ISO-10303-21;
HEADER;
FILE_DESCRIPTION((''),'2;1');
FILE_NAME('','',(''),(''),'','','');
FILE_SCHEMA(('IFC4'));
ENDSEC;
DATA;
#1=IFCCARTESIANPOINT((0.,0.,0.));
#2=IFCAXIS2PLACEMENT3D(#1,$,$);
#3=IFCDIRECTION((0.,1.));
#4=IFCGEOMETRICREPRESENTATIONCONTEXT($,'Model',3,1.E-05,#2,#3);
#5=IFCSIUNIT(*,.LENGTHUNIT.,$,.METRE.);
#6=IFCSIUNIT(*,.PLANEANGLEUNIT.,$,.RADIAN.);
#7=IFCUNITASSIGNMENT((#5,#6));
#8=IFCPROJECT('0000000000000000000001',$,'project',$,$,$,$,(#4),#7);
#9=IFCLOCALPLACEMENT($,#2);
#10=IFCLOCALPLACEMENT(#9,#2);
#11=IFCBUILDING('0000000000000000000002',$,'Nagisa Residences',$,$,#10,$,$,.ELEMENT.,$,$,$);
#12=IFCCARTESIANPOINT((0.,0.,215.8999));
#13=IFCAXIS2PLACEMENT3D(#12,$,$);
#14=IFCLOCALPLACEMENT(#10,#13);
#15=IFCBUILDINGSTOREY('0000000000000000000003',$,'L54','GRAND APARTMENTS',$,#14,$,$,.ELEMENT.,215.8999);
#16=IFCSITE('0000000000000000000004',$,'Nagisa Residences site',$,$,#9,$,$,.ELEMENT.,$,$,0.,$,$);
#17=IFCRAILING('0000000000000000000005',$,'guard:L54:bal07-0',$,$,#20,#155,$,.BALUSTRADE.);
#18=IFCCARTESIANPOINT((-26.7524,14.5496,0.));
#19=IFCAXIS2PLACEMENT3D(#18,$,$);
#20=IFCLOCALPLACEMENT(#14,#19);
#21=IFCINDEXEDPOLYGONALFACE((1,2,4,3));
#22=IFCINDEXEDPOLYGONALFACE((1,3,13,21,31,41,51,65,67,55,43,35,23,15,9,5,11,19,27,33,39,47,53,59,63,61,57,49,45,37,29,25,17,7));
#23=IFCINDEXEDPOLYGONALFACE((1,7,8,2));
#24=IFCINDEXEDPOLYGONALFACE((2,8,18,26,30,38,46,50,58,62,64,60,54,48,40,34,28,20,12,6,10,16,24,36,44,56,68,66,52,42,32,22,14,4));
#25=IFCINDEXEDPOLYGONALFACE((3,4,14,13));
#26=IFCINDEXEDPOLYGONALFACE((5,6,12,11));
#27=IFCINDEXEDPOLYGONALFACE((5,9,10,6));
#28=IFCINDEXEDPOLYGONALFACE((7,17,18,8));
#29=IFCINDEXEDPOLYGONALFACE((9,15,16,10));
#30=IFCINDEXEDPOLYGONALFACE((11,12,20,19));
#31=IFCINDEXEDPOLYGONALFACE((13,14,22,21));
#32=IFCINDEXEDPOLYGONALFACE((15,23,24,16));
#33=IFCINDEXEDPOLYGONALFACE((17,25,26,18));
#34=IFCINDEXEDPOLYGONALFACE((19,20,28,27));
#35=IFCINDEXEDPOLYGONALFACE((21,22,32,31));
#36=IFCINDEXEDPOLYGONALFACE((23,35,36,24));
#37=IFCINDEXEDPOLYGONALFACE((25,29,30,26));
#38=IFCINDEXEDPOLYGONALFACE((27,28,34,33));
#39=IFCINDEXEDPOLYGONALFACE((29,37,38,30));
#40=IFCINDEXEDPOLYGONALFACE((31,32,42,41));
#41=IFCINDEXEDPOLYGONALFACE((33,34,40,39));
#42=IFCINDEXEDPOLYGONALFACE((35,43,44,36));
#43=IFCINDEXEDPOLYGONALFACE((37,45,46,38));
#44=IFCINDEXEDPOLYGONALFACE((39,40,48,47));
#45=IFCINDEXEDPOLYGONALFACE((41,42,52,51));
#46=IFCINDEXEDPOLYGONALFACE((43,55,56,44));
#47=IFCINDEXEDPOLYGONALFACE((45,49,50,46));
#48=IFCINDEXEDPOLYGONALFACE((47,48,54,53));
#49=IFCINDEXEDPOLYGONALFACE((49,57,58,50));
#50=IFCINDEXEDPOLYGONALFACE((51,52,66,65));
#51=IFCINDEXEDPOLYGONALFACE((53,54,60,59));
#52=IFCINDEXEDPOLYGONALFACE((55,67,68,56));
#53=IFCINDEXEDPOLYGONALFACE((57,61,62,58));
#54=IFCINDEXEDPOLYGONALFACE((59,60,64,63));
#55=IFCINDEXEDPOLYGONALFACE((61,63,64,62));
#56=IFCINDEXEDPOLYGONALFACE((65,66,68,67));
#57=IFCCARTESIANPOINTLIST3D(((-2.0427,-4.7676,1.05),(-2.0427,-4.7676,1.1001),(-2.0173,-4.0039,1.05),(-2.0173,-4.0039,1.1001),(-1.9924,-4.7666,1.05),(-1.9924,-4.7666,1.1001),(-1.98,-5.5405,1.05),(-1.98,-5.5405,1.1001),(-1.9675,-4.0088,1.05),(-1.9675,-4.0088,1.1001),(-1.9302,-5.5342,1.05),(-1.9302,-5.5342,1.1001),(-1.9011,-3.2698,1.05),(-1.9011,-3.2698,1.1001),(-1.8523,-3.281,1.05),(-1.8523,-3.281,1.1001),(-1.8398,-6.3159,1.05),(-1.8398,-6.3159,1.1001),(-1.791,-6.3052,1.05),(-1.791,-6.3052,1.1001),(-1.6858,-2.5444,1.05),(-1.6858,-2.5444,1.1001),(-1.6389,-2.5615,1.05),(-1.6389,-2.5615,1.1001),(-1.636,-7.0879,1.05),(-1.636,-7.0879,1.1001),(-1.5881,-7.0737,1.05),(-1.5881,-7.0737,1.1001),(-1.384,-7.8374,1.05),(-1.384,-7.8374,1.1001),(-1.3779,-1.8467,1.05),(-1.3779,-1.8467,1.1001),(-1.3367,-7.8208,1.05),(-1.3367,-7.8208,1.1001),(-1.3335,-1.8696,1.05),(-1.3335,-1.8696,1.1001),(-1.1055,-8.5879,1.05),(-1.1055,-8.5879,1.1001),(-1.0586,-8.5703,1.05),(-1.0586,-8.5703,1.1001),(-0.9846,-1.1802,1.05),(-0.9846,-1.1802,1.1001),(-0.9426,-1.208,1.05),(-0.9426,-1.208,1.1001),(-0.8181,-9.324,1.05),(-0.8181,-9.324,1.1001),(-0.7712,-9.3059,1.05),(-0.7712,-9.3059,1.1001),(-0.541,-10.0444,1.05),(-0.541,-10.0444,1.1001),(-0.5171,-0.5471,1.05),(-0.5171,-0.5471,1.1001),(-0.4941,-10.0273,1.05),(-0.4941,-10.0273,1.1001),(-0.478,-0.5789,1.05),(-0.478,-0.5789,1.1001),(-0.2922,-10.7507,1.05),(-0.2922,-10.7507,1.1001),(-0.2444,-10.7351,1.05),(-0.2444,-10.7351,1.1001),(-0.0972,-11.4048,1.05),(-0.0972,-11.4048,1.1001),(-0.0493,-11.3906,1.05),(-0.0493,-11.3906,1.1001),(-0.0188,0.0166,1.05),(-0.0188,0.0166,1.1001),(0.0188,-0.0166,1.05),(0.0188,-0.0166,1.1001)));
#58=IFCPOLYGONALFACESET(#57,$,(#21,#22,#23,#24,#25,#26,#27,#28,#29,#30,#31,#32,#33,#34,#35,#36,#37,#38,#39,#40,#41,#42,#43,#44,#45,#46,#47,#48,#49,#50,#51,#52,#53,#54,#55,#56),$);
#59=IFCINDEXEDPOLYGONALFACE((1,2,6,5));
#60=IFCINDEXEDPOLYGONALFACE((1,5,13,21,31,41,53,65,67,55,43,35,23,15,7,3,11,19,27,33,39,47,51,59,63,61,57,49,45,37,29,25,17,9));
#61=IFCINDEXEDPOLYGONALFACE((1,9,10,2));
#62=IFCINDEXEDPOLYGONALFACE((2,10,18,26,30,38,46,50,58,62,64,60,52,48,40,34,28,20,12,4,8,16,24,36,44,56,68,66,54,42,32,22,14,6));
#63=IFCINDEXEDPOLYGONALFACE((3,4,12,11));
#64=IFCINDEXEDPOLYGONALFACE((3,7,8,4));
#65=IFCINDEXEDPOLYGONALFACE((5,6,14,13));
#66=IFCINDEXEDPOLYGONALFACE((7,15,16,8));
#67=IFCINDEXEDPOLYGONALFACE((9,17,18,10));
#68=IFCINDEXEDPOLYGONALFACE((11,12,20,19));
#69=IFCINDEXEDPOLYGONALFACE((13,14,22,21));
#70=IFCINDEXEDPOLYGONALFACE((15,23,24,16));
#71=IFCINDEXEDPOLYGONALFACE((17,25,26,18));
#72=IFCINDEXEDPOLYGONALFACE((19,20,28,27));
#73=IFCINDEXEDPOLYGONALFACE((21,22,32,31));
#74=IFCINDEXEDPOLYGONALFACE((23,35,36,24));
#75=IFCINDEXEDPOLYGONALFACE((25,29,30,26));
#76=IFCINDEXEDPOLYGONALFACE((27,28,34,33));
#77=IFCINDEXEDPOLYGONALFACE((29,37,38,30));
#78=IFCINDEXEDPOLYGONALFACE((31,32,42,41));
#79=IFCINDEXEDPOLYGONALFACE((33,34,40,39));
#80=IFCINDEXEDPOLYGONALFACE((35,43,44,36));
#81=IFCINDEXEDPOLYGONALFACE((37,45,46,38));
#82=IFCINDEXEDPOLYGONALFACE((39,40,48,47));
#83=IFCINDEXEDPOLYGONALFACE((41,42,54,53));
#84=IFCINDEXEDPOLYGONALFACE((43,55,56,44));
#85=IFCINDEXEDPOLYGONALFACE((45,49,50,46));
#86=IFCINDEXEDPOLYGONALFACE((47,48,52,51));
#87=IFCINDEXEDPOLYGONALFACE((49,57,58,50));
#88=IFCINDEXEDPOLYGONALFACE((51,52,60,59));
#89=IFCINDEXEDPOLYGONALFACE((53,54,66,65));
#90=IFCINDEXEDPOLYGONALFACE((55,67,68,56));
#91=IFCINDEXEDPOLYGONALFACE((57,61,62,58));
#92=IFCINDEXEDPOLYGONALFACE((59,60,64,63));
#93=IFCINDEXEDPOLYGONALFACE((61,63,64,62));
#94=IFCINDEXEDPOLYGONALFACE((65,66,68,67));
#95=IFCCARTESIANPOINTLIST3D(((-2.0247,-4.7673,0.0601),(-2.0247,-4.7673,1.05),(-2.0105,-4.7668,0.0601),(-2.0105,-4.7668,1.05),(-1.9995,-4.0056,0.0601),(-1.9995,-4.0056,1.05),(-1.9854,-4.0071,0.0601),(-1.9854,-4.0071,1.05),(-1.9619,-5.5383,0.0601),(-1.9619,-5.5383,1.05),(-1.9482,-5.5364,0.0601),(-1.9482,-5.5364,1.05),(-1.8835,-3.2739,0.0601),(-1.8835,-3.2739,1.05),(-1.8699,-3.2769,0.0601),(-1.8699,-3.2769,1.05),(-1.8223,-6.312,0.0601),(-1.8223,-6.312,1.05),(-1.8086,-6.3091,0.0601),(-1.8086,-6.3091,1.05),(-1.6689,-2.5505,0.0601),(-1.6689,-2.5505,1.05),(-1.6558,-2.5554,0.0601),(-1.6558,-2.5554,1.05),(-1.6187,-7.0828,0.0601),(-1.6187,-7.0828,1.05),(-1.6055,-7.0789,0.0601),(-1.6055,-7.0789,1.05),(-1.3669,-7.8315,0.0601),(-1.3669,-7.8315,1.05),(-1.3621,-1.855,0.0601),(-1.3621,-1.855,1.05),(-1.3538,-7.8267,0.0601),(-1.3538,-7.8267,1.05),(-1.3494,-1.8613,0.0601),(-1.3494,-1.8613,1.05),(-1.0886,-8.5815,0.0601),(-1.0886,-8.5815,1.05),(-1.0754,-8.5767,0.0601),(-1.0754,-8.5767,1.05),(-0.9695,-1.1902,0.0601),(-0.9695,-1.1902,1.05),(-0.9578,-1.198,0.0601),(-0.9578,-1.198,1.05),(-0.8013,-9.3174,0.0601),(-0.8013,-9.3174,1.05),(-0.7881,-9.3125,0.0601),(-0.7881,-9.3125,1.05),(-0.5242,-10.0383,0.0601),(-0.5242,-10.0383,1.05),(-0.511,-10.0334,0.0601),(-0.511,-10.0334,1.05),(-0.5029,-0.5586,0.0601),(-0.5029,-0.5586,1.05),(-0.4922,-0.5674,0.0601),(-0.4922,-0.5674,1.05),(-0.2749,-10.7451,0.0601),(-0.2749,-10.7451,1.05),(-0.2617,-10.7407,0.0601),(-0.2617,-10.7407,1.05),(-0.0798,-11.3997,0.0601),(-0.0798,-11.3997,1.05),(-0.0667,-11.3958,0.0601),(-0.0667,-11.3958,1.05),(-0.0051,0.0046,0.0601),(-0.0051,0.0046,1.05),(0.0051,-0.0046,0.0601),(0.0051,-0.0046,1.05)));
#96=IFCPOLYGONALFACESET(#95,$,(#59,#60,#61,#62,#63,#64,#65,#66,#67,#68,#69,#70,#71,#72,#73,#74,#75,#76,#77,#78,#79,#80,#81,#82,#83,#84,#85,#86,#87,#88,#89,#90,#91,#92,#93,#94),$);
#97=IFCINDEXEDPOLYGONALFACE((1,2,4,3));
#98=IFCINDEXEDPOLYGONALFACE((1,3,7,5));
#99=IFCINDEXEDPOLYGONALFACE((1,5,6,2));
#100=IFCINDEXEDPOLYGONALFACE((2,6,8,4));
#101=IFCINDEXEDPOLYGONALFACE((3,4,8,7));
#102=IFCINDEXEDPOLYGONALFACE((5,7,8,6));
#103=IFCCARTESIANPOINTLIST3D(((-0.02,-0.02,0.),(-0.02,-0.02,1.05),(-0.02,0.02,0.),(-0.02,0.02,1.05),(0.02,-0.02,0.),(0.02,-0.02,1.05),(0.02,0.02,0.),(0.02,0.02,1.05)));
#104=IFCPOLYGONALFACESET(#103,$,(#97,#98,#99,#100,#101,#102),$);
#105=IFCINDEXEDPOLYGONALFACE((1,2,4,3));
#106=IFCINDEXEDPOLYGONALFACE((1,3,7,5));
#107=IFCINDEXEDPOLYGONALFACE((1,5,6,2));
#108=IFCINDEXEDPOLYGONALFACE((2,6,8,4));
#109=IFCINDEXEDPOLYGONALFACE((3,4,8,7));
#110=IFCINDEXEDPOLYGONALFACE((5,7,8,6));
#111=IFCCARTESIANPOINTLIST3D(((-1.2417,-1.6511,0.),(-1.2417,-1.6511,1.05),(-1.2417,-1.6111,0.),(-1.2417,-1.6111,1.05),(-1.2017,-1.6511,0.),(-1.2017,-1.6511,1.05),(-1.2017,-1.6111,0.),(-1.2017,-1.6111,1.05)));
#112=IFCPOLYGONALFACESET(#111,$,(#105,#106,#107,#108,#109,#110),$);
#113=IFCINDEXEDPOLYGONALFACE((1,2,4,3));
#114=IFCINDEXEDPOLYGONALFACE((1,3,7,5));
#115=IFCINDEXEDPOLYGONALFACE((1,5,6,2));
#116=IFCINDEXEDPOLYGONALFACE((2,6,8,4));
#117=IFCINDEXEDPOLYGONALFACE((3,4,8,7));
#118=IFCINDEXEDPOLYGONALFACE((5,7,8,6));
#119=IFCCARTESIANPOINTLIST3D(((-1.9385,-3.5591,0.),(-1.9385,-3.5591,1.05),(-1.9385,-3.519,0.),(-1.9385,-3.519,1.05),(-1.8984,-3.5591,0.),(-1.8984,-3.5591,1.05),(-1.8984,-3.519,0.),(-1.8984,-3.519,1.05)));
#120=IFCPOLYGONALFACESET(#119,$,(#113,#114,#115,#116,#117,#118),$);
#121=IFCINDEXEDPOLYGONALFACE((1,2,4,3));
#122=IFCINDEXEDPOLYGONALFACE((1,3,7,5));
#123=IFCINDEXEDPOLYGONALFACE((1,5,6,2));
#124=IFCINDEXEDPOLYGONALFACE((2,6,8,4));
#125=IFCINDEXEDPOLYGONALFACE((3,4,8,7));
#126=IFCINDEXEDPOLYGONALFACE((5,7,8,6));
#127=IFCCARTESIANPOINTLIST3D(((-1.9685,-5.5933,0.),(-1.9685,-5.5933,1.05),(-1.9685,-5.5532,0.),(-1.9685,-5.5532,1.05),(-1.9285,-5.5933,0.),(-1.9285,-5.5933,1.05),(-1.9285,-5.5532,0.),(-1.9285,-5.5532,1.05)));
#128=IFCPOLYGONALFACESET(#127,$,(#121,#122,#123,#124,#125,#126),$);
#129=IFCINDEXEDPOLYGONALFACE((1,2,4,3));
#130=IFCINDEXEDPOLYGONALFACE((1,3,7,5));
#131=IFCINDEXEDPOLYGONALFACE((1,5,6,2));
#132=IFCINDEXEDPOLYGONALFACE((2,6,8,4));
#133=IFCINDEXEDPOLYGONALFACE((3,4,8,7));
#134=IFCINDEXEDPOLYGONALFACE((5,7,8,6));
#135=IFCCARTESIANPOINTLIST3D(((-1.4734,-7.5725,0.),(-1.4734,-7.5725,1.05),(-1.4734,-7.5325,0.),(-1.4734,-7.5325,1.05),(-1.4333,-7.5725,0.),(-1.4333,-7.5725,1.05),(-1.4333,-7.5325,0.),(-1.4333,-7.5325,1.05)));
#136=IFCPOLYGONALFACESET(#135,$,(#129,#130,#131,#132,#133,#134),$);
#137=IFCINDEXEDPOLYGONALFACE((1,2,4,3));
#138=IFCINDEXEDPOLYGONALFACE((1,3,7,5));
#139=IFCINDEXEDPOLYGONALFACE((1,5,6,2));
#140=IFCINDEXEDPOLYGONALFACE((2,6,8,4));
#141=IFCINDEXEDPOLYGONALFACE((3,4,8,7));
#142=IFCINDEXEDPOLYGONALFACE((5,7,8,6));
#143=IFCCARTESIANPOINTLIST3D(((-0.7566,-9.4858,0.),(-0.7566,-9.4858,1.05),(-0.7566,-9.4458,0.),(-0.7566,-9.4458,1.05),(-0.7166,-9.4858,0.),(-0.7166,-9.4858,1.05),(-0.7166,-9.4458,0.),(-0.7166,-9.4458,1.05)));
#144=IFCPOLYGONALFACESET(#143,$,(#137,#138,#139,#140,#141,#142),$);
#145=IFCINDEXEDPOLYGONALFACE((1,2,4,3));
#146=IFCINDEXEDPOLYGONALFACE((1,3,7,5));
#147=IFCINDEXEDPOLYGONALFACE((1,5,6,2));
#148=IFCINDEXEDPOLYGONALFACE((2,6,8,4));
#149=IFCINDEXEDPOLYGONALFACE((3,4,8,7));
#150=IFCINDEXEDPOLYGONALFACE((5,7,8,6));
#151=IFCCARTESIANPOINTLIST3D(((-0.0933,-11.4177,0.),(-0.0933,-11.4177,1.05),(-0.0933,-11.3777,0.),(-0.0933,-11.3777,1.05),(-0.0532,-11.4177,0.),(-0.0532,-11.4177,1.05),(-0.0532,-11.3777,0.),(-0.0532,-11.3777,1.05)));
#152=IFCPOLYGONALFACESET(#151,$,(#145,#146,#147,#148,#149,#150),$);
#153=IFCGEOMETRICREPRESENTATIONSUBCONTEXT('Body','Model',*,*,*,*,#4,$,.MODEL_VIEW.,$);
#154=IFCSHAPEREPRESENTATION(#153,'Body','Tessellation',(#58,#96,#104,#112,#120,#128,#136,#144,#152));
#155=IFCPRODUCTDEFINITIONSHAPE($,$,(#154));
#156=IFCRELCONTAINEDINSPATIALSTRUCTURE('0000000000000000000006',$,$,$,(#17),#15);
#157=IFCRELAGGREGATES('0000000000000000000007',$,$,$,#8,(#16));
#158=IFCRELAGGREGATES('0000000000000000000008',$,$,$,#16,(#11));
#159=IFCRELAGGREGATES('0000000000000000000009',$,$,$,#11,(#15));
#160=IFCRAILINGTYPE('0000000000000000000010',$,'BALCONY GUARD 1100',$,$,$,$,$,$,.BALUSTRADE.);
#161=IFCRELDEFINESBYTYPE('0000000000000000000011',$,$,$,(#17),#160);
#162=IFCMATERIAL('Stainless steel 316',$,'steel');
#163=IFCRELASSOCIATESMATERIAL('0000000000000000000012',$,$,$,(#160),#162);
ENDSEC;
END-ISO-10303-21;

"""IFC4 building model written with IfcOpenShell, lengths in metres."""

from ifc_helpers import new_model, si_unit, direction, frame, origin, origin_2d, place, context, subcontext, project, spatial, polyline, rectangle, outline, extrude, material, type_object, element, save


model = new_model("IFC4")

# Units and contexts
model_context = context("Model", 3, precision=1e-05, world=origin(), true_north=direction((0.0, 1.0)))
body_context = subcontext(model_context, "Body", "Model", "MODEL_VIEW")
ifc_project = project(units=[si_unit("LENGTHUNIT", "METRE"), si_unit("PLANEANGLEUNIT", "RADIAN")], contexts=[model_context])

# Site, building, storey
site_placement = place(None, origin())
site = spatial("IfcSite", under=ifc_project, at=site_placement, Name="Nagisa Residences site", CompositionType="ELEMENT", RefElevation=0.0)
building_placement = place(site_placement, origin())
building = spatial("IfcBuilding", under=site, at=building_placement, Name="Nagisa Residences", CompositionType="ELEMENT")
storey_placement = place(building_placement, frame((0.0, 0.0, 215.8999)))
storey = spatial("IfcBuildingStorey", under=building, at=storey_placement, Name="L54", Description="GRAND APARTMENTS", CompositionType="ELEMENT", Elevation=215.8999)

# Railing
ifc_material_1 = material(Name="Stainless steel 316", Category="steel")
railing_type = type_object("IfcRailingType", Name="BALCONY GUARD 1100", PredefinedType="BALUSTRADE", material=ifc_material_1)
railing_1_placement = place(storey_placement, frame((-26.7524, 14.5496, 0.0)))
element("IfcRailing", 1, at=railing_1_placement, inside=storey, type_object=railing_type, Name="guard:L54:bal07-0", PredefinedType="BALUSTRADE", context=body_context, shape_type="SweptSolid", body=[
    extrude(outline(polyline([(-0.478, -0.5789), (0.0188, -0.0166), (-0.0188, 0.0166), (-0.5171, -0.5471), (-0.9846, -1.1802), (-1.3779, -1.8467), (-1.6858, -2.5444), (-1.9011, -3.2698), (-2.0173, -4.0039), (-2.0427, -4.7676), (-1.98, -5.5405), (-1.8398, -6.3159), (-1.636, -7.0879), (-1.384, -7.8374), (-1.1055, -8.5879), (-0.8181, -9.324), (-0.541, -10.0444), (-0.2922, -10.7507), (-0.0972, -11.4048), (-0.0493, -11.3906), (-0.2444, -10.7351), (-0.4941, -10.0273), (-0.7712, -9.3059), (-1.0586, -8.5703), (-1.3367, -7.8208), (-1.5881, -7.0737), (-1.791, -6.3052), (-1.9302, -5.5342), (-1.9924, -4.7666), (-1.9675, -4.0088), (-1.8523, -3.281), (-1.6389, -2.5615), (-1.3335, -1.8696), (-0.9426, -1.208), (-0.478, -0.5789)])), frame((0.0, 0.0, 1.05)), (0.0, 0.0, 1.0), 0.05),
    extrude(outline(polyline([(-0.4922, -0.5674), (0.0051, -0.0046), (-0.0051, 0.0046), (-0.5029, -0.5586), (-0.9695, -1.1902), (-1.3621, -1.855), (-1.6689, -2.5505), (-1.8835, -3.2739), (-1.9995, -4.0056), (-2.0247, -4.7673), (-1.9619, -5.5383), (-1.8223, -6.312), (-1.6187, -7.0828), (-1.3669, -7.8315), (-1.0886, -8.5815), (-0.8013, -9.3174), (-0.5242, -10.0383), (-0.2749, -10.7451), (-0.0798, -11.3997), (-0.0667, -11.3958), (-0.2617, -10.7407), (-0.511, -10.0334), (-0.7881, -9.3125), (-1.0754, -8.5767), (-1.3538, -7.8267), (-1.6055, -7.0789), (-1.8086, -6.3091), (-1.9482, -5.5364), (-2.0105, -4.7668), (-1.9854, -4.0071), (-1.8699, -3.2769), (-1.6558, -2.5554), (-1.3494, -1.8613), (-0.9578, -1.198), (-0.4922, -0.5674)])), frame((0.0, 0.0, 0.0601)), (0.0, 0.0, 1.0), 0.99),
    extrude(rectangle(XDim=0.04, YDim=0.04, at=origin_2d()), origin(), (0.0, 0.0, 1.0), 1.05),
    extrude(rectangle(XDim=0.04, YDim=0.04, at=origin_2d()), frame((-1.2217, -1.6311, 0.0)), (0.0, 0.0, 1.0), 1.05),
    extrude(rectangle(XDim=0.04, YDim=0.04, at=origin_2d()), frame((-1.9185, -3.5391, 0.0)), (0.0, 0.0, 1.0), 1.05),
    extrude(rectangle(XDim=0.04, YDim=0.04, at=origin_2d()), frame((-1.9485, -5.5732, 0.0)), (0.0, 0.0, 1.0), 1.05),
    extrude(rectangle(XDim=0.04, YDim=0.04, at=origin_2d()), frame((-1.4534, -7.5525, 0.0)), (0.0, 0.0, 1.0), 1.05),
    extrude(rectangle(XDim=0.04, YDim=0.04, at=origin_2d()), frame((-0.7366, -9.4658, 0.0)), (0.0, 0.0, 1.0), 1.05),
    extrude(rectangle(XDim=0.04, YDim=0.04, at=origin_2d()), frame((-0.0732, -11.3977, 0.0)), (0.0, 0.0, 1.0), 1.05),
])

save(model, "model.ifc")
